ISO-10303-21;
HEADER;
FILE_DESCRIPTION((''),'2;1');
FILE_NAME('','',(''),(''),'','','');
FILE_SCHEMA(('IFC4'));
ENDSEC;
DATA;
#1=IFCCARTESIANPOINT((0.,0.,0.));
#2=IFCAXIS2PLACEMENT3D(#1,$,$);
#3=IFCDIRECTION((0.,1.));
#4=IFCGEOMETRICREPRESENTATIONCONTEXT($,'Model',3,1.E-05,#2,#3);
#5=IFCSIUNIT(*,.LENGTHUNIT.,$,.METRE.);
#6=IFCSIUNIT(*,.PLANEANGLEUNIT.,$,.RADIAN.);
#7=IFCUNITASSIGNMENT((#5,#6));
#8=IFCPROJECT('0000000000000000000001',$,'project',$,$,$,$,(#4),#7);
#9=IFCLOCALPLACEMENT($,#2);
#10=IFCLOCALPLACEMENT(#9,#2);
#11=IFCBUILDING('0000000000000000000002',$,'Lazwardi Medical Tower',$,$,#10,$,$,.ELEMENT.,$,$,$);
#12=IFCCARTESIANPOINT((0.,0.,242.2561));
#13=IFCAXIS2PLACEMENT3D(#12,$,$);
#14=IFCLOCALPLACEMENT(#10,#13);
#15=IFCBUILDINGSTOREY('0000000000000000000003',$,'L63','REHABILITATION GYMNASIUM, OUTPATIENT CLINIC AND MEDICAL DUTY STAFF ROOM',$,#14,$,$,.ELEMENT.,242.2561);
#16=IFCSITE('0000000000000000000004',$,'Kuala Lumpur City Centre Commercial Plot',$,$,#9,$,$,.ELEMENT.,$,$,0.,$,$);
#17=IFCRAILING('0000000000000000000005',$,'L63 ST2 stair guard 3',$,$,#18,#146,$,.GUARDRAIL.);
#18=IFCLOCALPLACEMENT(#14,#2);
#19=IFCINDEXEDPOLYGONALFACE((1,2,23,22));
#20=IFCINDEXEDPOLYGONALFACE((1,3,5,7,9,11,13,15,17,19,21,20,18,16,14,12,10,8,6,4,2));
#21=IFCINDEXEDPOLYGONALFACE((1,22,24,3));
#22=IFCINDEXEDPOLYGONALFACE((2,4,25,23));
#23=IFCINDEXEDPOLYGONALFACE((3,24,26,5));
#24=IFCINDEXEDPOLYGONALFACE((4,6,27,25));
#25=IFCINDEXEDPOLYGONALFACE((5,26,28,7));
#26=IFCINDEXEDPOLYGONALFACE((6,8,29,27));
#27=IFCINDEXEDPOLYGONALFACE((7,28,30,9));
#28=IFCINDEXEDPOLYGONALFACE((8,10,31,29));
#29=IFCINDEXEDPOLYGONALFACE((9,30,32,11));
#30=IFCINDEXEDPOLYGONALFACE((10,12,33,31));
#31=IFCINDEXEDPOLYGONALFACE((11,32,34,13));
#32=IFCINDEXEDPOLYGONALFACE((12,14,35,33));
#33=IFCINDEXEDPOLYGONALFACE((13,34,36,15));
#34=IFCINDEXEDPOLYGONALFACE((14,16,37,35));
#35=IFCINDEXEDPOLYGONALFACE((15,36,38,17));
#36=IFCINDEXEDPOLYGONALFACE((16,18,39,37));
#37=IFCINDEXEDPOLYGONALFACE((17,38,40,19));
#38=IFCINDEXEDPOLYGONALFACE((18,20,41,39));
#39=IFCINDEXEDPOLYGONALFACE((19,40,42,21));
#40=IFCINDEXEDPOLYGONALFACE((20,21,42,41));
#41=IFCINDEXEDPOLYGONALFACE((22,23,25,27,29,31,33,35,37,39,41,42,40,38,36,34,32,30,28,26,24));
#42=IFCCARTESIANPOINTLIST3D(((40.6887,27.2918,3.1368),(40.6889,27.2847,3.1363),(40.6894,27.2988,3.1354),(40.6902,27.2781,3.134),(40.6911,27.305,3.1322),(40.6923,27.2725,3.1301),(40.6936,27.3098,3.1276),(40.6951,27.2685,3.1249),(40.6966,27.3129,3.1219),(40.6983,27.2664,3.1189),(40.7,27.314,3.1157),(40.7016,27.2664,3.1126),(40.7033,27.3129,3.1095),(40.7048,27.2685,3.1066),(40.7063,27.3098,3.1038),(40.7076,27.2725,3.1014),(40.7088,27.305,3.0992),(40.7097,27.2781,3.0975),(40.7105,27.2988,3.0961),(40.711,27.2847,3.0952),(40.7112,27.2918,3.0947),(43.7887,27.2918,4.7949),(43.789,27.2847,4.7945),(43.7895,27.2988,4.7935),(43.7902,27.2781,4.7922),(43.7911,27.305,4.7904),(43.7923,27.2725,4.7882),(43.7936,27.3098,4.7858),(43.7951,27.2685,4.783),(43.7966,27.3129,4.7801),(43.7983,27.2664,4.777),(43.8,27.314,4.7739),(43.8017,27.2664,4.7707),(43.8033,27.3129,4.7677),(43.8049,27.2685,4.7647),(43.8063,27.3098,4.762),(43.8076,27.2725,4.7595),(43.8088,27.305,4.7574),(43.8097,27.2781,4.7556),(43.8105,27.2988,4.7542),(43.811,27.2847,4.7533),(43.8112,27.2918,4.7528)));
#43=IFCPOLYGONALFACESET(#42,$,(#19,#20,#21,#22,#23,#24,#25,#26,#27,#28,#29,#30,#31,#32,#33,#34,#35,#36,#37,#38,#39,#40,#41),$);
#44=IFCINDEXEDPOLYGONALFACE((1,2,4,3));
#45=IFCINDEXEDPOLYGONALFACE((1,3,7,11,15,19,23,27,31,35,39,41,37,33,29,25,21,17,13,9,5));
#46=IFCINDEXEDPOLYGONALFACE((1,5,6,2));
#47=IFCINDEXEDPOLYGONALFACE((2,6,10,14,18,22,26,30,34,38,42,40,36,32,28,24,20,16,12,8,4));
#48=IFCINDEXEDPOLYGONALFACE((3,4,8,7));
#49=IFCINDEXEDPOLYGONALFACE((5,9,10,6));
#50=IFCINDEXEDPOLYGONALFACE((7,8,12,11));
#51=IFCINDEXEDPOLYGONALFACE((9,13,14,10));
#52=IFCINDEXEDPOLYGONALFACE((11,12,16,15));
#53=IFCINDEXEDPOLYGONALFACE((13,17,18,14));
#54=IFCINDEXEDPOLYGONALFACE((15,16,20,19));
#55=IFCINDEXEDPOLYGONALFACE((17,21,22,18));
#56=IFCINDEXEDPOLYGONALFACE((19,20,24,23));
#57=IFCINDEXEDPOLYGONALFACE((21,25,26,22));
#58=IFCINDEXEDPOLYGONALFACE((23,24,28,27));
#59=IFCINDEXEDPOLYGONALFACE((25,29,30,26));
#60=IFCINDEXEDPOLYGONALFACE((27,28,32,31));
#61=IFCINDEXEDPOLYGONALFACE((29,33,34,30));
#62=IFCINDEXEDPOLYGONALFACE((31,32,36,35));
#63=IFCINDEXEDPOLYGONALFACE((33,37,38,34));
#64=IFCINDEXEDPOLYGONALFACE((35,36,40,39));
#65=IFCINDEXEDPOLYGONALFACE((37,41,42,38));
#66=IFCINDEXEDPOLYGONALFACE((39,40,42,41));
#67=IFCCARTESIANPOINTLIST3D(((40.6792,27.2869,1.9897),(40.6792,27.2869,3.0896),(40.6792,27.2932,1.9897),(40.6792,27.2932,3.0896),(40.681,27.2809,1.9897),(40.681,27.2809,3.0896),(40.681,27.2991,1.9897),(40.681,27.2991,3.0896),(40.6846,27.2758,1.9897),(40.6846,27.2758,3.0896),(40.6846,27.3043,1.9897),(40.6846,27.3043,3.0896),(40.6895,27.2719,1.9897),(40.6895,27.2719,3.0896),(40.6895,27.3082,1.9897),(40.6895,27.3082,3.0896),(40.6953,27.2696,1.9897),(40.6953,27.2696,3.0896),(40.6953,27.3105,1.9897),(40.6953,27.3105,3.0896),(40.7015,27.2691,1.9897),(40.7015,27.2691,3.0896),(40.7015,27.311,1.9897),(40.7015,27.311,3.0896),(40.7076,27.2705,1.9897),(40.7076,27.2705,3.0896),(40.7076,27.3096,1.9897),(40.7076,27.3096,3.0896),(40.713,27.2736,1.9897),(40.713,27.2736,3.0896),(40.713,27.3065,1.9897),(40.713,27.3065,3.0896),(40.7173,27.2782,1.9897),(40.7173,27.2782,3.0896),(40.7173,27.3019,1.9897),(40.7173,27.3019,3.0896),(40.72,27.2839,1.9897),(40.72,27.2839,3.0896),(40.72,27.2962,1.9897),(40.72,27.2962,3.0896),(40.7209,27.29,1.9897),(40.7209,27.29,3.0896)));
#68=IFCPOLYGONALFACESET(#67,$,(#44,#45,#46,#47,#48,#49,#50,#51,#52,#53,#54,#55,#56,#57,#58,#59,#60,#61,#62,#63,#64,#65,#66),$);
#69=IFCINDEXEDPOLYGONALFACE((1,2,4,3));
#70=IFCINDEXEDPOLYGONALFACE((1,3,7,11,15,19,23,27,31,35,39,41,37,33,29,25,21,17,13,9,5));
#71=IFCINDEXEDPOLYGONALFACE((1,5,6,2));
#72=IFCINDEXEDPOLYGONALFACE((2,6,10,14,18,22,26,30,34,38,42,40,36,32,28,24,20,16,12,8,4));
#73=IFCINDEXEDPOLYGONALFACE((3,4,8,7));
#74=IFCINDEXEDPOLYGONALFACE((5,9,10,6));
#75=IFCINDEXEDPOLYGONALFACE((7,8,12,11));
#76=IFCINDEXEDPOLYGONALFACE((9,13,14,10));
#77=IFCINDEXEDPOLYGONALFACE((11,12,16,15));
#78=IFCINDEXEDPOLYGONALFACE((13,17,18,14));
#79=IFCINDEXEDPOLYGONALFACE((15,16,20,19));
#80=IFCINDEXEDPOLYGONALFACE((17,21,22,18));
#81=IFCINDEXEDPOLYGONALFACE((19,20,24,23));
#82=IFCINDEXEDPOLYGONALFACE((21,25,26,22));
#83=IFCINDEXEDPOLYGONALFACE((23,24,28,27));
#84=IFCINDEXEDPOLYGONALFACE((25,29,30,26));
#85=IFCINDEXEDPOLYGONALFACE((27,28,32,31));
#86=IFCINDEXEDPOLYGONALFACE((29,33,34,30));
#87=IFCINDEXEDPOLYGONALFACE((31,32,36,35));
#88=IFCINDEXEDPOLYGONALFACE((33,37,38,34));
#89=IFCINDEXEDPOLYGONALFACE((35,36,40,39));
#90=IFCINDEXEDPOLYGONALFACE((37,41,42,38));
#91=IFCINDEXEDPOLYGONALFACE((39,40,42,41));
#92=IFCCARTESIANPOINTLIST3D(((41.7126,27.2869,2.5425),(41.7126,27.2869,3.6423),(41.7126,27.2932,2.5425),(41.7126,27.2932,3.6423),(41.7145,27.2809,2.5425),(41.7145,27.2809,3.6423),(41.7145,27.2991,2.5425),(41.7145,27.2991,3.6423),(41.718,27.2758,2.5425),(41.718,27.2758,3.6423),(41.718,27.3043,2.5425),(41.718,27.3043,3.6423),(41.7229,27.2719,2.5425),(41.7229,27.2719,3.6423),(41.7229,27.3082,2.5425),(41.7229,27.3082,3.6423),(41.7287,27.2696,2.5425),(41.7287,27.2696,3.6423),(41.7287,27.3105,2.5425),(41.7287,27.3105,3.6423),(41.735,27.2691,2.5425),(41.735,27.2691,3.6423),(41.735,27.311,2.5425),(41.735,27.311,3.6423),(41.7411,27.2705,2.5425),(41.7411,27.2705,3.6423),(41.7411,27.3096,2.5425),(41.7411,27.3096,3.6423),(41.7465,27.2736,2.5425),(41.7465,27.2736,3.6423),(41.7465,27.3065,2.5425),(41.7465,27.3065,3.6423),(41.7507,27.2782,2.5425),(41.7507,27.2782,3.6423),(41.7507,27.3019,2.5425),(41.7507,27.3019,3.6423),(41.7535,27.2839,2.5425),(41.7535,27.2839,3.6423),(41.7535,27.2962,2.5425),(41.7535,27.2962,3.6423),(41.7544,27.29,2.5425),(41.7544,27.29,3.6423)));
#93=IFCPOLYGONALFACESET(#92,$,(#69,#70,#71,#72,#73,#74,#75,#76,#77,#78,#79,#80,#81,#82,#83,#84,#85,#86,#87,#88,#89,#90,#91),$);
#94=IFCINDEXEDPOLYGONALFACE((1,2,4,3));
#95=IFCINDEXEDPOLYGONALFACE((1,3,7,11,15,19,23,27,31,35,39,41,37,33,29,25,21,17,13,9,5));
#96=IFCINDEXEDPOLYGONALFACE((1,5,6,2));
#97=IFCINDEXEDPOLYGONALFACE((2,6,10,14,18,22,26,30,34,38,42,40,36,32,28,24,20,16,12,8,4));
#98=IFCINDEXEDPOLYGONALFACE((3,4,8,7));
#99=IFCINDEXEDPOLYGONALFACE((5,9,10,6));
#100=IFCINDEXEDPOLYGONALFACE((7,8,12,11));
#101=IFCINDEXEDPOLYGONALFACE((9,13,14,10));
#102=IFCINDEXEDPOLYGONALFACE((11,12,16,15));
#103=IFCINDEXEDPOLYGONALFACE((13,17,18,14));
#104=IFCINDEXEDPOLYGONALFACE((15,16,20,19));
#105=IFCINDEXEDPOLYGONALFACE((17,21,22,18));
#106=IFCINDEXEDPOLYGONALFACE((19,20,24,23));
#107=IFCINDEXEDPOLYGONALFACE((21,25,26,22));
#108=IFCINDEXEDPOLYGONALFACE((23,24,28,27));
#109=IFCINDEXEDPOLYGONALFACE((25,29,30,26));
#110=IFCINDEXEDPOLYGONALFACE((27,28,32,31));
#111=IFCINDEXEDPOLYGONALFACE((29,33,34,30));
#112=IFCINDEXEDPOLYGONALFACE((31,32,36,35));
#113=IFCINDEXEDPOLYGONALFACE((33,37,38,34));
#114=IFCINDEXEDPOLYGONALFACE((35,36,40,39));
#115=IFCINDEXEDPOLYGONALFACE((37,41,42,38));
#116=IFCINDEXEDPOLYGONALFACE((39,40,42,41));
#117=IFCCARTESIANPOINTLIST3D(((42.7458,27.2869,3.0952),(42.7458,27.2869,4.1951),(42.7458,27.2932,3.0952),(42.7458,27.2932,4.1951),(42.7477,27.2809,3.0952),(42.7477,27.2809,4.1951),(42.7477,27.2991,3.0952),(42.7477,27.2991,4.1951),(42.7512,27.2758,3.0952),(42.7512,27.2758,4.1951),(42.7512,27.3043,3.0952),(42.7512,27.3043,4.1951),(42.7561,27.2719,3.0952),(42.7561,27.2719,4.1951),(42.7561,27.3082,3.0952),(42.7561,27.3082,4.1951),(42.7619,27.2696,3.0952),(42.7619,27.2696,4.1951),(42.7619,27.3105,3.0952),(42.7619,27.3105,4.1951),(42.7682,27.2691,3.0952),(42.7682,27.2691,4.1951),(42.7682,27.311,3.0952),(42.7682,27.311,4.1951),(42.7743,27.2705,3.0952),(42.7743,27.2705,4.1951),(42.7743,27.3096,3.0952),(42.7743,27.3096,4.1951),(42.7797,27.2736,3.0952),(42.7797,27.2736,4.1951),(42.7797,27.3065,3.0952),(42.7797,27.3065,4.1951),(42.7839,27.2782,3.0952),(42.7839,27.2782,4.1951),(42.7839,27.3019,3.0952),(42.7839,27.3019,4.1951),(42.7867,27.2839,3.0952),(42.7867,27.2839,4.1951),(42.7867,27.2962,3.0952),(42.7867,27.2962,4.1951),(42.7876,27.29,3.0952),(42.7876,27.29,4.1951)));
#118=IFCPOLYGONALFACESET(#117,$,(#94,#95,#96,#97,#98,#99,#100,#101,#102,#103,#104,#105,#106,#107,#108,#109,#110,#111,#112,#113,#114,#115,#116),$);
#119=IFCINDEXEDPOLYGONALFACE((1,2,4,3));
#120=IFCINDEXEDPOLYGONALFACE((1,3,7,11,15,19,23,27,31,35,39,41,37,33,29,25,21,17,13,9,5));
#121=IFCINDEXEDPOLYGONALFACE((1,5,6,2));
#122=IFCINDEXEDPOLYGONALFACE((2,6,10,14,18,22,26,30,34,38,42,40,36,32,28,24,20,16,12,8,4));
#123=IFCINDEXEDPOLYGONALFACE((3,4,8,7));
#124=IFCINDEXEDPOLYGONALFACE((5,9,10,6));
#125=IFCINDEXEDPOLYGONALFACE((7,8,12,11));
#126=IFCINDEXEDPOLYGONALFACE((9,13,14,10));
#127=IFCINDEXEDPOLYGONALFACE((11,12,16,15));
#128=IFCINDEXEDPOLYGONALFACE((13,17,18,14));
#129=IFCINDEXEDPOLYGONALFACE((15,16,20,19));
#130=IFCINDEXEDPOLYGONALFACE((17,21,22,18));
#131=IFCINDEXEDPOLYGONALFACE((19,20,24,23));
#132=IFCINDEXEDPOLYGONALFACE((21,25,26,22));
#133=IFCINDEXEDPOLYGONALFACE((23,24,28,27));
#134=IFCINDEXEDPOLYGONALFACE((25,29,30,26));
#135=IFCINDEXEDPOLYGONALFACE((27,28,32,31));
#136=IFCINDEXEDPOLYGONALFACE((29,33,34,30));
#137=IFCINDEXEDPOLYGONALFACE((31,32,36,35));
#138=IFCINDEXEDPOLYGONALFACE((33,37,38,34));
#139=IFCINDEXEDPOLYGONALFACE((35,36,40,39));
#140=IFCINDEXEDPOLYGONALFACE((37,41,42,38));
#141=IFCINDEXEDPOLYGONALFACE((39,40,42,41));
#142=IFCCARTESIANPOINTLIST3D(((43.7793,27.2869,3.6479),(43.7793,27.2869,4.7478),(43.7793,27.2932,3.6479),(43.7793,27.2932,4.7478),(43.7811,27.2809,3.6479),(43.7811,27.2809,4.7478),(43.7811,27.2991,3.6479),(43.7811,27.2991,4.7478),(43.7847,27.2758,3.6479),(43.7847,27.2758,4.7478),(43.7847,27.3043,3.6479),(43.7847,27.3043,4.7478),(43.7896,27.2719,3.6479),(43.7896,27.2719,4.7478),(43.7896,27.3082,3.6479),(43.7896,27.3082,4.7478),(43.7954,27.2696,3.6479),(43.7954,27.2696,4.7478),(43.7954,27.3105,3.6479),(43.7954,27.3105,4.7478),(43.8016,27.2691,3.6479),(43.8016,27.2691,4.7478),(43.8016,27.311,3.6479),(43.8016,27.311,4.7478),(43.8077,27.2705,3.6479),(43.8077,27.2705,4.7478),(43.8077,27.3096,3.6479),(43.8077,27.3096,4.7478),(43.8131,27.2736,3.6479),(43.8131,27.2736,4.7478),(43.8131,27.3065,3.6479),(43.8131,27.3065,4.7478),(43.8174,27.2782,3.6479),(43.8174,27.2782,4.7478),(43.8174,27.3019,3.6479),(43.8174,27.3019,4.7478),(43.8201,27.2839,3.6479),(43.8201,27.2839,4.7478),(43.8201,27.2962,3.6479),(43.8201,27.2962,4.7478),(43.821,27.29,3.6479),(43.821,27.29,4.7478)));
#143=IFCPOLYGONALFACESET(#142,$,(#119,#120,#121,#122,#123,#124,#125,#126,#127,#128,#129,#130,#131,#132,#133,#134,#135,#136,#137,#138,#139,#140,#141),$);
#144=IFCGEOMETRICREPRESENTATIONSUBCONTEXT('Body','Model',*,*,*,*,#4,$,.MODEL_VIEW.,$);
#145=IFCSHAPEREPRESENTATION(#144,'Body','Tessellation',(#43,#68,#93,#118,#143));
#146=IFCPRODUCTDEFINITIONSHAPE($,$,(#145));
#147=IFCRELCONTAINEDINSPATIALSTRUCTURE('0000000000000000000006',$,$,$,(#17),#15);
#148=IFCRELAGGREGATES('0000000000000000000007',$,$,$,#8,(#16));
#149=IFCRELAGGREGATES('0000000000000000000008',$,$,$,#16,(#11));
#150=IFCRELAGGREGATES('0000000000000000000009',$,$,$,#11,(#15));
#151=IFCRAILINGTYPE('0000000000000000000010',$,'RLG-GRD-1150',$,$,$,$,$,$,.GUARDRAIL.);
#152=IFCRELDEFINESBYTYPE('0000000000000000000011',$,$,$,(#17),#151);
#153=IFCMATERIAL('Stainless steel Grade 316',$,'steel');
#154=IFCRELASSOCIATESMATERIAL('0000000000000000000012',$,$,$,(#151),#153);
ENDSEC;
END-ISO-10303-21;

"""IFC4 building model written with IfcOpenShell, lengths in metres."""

from ifc_helpers import new_model, si_unit, direction, frame, origin, origin_2d, place, context, subcontext, project, spatial, circle, extrude, material, type_object, element, save


model = new_model("IFC4")

# Units and contexts
model_context = context("Model", 3, precision=1e-05, world=origin(), true_north=direction((0.0, 1.0)))
body_context = subcontext(model_context, "Body", "Model", "MODEL_VIEW")
ifc_project = project(units=[si_unit("LENGTHUNIT", "METRE"), si_unit("PLANEANGLEUNIT", "RADIAN")], contexts=[model_context])

# Site, building, storey
site_placement = place(None, origin())
site = spatial("IfcSite", under=ifc_project, at=site_placement, Name="Kuala Lumpur City Centre Commercial Plot", CompositionType="ELEMENT", RefElevation=0.0)
building_placement = place(site_placement, origin())
building = spatial("IfcBuilding", under=site, at=building_placement, Name="Lazwardi Medical Tower", CompositionType="ELEMENT")
storey_placement = place(building_placement, frame((0.0, 0.0, 242.2561)))
storey = spatial("IfcBuildingStorey", under=building, at=storey_placement, Name="L63", Description="REHABILITATION GYMNASIUM, OUTPATIENT CLINIC AND MEDICAL DUTY STAFF ROOM", CompositionType="ELEMENT", Elevation=242.2561)

# Railing
ifc_material_1 = material(Name="Stainless steel Grade 316", Category="steel")
railing_type_1 = type_object("IfcRailingType", Name="RLG-GRD-1150", PredefinedType="GUARDRAIL", material=ifc_material_1)
railing_1_placement = place(storey_placement, frame((40.7, 27.29, 1.9897)))
element("IfcRailing", 1, at=railing_1_placement, inside=storey, type_object=railing_type_1, Name="L63 ST2 stair guard 3", PredefinedType="GUARDRAIL", context=body_context, shape_type="SweptSolid", body=[
    extrude(circle(Radius=0.0239, at=origin_2d()), frame((0.0, 0.0, 1.126), z_axis=(0.881783, 0.0, 0.471655), x_axis=(0.0, 1.0, 0.0)), (0.0, 0.0, 1.0), 3.5156),
    extrude(circle(Radius=0.021, at=origin_2d()), origin(), (0.0, 0.0, 1.0), 1.0999),
    extrude(circle(Radius=0.021, at=origin_2d()), frame((1.0334, 0.0, 0.5527)), (0.0, 0.0, 1.0), 1.0999),
    extrude(circle(Radius=0.021, at=origin_2d()), frame((2.0667, 0.0, 1.1055)), (0.0, 0.0, 1.0), 1.0999),
    extrude(circle(Radius=0.021, at=origin_2d()), frame((3.1001, 0.0, 1.6582)), (0.0, 0.0, 1.0), 1.0999),
])

save(model, "model.ifc")
